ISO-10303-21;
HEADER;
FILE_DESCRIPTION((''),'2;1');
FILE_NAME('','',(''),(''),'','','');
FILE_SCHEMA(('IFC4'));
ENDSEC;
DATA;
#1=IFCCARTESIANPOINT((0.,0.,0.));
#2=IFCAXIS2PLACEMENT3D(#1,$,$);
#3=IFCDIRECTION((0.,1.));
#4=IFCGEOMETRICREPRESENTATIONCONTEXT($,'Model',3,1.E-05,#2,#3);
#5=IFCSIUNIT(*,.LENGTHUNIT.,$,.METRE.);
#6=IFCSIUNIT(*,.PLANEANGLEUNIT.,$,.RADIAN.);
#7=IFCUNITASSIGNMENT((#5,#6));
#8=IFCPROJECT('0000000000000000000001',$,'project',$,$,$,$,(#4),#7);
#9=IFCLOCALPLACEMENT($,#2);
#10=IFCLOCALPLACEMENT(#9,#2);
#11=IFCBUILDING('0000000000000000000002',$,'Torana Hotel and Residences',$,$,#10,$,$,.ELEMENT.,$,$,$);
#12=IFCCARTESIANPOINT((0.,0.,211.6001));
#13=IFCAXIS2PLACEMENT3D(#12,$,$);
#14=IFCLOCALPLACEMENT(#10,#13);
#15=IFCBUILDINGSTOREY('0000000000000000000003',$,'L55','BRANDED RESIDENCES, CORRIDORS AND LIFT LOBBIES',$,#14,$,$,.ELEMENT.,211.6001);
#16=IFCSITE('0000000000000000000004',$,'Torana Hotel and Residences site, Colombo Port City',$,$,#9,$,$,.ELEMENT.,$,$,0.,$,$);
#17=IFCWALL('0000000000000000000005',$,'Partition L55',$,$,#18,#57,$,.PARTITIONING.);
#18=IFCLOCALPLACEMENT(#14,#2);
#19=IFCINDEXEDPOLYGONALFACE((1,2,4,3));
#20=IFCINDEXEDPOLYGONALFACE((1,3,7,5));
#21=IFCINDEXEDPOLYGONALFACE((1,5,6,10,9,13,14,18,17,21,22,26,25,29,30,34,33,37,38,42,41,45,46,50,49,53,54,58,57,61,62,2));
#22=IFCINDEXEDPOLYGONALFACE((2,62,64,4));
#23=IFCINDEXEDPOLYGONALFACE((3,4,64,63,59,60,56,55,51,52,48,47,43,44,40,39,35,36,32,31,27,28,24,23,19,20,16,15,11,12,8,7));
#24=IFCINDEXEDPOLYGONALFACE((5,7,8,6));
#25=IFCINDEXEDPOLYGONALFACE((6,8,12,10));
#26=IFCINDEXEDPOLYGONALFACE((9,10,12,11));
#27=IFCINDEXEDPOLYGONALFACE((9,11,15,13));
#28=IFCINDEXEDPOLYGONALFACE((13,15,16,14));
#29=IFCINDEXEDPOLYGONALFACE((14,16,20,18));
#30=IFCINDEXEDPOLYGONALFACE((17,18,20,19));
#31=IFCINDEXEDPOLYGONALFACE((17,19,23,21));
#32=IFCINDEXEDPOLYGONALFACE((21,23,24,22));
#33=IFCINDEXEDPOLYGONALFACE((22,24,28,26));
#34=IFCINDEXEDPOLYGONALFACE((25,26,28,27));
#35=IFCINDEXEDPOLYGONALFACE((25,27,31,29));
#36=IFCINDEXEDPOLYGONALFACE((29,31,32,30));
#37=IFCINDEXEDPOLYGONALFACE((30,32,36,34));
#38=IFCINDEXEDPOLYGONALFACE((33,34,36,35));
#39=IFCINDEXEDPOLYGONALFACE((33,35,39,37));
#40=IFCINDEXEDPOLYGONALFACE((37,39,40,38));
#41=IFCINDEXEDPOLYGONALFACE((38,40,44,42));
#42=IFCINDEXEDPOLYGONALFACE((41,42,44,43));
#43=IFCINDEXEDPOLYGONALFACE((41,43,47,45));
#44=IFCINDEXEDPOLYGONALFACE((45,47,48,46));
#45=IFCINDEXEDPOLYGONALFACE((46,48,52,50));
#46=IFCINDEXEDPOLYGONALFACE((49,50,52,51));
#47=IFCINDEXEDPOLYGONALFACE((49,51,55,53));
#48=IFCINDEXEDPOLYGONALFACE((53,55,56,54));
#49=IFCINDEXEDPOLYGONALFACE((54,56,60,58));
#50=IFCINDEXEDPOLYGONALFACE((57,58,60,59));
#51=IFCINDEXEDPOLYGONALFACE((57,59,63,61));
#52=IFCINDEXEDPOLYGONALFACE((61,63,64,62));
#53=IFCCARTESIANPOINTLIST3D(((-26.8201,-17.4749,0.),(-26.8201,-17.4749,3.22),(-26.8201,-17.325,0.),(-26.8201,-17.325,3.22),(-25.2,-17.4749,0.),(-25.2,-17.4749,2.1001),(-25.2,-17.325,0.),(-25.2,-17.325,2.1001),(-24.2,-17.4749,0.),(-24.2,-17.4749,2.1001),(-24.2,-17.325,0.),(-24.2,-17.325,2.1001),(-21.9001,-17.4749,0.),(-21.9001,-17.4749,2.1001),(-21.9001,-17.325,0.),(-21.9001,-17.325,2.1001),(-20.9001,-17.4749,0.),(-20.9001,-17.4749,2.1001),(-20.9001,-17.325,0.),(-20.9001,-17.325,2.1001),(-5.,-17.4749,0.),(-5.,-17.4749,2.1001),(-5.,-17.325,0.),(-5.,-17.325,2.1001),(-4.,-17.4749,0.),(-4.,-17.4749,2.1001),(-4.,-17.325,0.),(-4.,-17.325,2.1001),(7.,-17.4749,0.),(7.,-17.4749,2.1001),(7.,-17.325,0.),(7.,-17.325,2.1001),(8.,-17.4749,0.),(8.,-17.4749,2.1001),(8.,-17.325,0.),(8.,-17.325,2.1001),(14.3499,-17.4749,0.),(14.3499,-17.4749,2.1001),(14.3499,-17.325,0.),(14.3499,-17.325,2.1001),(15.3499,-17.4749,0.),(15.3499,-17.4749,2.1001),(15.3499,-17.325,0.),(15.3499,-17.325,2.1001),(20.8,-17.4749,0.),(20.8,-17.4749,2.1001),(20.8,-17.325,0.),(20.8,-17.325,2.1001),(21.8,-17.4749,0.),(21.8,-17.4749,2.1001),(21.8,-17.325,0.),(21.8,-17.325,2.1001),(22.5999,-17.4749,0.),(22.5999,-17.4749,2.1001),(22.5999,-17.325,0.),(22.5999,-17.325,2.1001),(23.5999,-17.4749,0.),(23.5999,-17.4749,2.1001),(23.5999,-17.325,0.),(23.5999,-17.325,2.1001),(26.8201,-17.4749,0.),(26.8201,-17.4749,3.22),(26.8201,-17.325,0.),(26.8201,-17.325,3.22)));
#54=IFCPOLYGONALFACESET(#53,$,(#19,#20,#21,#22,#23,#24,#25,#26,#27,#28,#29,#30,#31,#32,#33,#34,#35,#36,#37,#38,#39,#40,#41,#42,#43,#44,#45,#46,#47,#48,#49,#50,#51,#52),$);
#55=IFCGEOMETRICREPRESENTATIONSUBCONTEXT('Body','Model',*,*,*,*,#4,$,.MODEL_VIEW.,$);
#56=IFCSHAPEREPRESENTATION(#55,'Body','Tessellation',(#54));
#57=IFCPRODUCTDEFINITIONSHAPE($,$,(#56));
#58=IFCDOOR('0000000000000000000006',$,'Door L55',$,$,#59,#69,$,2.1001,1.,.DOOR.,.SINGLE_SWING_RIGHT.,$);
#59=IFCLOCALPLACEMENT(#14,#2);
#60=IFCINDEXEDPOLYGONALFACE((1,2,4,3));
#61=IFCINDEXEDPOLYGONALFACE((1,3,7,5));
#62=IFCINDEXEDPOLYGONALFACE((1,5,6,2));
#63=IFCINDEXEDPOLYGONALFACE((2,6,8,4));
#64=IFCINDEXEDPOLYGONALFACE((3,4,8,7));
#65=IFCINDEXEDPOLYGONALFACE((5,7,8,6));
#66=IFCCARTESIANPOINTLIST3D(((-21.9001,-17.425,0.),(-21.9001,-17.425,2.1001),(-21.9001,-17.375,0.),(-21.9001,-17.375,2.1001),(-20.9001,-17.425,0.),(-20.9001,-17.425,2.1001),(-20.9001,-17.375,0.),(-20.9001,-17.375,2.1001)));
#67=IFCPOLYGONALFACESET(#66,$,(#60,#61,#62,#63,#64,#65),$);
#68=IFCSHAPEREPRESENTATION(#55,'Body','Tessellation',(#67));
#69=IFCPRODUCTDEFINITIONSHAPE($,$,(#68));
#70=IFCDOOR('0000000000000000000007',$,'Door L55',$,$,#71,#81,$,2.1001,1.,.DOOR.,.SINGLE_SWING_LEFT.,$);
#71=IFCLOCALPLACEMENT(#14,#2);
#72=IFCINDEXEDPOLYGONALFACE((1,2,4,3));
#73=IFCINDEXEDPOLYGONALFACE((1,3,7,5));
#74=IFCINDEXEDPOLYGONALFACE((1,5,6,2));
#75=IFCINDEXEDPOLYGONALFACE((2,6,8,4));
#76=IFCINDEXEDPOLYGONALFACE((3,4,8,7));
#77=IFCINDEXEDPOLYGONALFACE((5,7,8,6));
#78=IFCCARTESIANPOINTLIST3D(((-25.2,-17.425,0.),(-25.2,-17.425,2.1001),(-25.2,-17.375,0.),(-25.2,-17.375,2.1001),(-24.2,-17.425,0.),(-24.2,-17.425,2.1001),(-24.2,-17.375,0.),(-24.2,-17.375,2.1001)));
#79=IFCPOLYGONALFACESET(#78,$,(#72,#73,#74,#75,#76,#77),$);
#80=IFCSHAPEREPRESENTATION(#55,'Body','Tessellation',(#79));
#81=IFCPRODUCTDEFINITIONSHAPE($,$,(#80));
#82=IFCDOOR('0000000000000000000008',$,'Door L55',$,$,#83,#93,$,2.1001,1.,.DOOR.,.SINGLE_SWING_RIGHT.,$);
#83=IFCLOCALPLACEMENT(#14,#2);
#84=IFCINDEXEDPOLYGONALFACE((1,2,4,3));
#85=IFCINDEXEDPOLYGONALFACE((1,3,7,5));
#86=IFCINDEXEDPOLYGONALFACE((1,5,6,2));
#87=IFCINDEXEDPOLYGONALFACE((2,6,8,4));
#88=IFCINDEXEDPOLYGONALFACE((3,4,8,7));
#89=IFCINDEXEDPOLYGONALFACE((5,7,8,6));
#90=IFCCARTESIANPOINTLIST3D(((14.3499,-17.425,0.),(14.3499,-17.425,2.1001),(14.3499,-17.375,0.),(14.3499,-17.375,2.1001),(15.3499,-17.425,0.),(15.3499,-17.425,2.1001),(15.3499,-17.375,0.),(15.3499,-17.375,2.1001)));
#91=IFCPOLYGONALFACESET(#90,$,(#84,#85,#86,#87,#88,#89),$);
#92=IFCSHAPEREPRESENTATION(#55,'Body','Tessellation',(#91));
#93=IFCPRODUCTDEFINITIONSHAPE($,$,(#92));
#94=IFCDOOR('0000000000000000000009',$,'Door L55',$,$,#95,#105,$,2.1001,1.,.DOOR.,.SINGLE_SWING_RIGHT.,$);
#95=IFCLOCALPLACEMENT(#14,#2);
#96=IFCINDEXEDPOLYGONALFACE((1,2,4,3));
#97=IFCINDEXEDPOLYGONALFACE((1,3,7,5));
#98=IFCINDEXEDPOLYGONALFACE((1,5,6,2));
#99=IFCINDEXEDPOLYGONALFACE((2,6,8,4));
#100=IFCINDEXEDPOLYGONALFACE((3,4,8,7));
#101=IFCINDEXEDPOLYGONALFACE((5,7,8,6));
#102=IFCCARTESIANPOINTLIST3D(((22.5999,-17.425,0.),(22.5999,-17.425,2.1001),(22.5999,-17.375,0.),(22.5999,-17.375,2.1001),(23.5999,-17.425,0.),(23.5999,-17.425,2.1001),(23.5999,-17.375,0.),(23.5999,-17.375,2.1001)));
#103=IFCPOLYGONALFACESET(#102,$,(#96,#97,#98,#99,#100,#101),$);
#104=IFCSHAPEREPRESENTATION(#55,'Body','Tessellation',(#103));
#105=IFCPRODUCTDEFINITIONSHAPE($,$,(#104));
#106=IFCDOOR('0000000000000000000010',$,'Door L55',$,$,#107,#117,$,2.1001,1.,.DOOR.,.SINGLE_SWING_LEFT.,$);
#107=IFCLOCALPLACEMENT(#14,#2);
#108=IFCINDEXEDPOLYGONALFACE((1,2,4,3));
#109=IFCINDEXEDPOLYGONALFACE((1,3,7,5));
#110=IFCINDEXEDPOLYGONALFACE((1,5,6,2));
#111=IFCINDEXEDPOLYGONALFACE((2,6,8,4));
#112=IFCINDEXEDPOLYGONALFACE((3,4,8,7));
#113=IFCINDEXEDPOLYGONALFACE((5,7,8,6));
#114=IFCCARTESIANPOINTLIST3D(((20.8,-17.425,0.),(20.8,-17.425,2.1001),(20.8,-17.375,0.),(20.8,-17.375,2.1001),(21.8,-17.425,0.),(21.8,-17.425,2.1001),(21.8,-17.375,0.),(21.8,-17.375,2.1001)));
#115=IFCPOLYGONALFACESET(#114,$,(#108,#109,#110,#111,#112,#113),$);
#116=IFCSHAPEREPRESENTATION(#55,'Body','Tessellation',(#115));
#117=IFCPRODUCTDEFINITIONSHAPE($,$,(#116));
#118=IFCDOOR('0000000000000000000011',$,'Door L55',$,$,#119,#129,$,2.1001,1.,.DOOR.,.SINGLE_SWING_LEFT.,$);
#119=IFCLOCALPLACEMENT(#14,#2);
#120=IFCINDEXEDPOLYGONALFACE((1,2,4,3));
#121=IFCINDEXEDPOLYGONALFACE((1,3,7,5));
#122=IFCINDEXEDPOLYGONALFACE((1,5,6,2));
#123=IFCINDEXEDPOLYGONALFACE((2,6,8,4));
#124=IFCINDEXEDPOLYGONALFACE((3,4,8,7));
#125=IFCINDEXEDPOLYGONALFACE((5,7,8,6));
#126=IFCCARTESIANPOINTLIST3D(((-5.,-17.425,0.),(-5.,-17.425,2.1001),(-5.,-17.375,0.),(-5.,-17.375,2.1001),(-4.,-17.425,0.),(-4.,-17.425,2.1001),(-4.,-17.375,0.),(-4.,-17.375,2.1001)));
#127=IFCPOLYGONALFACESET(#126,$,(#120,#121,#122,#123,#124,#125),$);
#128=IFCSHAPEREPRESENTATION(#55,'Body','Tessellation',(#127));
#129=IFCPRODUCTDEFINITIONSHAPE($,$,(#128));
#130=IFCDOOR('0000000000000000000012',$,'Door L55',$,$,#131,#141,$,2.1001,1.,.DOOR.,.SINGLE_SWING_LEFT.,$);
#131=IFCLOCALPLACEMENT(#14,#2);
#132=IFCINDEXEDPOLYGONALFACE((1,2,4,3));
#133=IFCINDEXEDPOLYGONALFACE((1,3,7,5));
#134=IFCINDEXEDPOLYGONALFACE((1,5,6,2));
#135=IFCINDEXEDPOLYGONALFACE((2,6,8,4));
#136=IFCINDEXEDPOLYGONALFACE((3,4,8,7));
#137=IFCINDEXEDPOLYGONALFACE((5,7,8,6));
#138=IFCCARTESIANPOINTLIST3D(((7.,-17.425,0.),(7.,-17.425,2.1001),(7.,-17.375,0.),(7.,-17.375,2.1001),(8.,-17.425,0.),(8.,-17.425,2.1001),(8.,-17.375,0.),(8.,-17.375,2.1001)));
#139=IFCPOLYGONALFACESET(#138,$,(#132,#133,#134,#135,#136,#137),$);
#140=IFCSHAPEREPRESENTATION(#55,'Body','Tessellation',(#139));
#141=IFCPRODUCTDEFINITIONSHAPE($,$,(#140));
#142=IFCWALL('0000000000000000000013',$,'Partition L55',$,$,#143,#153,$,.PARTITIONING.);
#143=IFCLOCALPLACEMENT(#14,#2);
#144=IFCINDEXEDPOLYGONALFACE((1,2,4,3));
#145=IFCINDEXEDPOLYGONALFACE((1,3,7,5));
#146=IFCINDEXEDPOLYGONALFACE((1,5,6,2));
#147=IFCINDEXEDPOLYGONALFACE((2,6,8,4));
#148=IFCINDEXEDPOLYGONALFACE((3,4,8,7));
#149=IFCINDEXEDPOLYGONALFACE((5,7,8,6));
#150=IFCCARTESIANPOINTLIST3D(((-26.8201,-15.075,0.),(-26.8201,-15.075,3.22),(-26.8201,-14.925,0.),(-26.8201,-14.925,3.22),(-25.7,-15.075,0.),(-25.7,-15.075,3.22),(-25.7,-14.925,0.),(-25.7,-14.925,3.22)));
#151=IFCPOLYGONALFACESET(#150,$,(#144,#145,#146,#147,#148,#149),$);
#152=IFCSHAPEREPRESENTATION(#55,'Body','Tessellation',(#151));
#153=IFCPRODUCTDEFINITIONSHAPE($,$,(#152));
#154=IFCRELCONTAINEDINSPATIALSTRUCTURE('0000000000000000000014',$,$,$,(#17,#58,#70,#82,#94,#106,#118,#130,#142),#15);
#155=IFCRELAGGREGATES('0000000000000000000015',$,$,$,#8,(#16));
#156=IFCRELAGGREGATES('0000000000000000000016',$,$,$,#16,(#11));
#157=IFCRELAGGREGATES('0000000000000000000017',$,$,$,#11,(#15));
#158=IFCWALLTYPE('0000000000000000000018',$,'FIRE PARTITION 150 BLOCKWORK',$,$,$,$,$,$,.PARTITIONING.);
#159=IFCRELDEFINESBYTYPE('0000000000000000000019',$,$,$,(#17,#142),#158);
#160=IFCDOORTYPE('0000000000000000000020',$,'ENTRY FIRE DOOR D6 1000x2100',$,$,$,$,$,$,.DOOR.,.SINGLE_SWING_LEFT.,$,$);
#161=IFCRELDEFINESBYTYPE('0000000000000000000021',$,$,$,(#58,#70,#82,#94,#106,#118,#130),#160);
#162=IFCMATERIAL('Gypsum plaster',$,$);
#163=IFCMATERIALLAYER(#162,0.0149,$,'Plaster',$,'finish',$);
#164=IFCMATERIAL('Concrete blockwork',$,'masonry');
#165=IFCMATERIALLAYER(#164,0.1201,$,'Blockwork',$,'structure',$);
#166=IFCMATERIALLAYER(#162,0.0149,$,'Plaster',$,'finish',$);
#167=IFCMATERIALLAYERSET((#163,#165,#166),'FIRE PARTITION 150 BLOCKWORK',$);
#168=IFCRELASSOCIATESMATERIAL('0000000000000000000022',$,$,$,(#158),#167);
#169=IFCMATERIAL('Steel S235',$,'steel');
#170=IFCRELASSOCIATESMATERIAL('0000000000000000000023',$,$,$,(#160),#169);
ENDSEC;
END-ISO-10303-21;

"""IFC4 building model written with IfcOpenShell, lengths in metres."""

from ifc_helpers import new_model, si_unit, direction, frame, frame_2d, origin, place, context, subcontext, project, spatial, rectangle, extrude, material, layer, layer_set, type_object, element, fill, save


model = new_model("IFC4")

# Units and contexts
model_context = context("Model", 3, precision=1e-05, world=origin(), true_north=direction((0.0, 1.0)))
body_context = subcontext(model_context, "Body", "Model", "MODEL_VIEW")
ifc_project = project(units=[si_unit("LENGTHUNIT", "METRE"), si_unit("PLANEANGLEUNIT", "RADIAN")], contexts=[model_context])

# Site, building, storey
site_placement = place(None, origin())
site = spatial("IfcSite", under=ifc_project, at=site_placement, Name="Torana Hotel and Residences site, Colombo Port City", CompositionType="ELEMENT", RefElevation=0.0)
building_placement = place(site_placement, origin())
building = spatial("IfcBuilding", under=site, at=building_placement, Name="Torana Hotel and Residences", CompositionType="ELEMENT")
storey_placement = place(building_placement, frame((0.0, 0.0, 211.6001)))
storey = spatial("IfcBuildingStorey", under=building, at=storey_placement, Name="L55", Description="BRANDED RESIDENCES, CORRIDORS AND LIFT LOBBIES", CompositionType="ELEMENT", Elevation=211.6001)

# Wall, openings, doors
ifc_material_1 = material(Name="Gypsum plaster")
ifc_layer_1 = layer(ifc_material_1, 0.0149, Name="Plaster", Category="finish")
ifc_material_2 = material(Name="Concrete blockwork", Category="masonry")
ifc_layer_2 = layer(ifc_material_2, 0.1201, Name="Blockwork", Category="structure")
ifc_layer_3 = layer(ifc_material_1, 0.0149, Name="Plaster", Category="finish")
ifc_layer_set_1 = layer_set([ifc_layer_1, ifc_layer_2, ifc_layer_3], Name="FIRE PARTITION 150 BLOCKWORK")
wall_type_1 = type_object("IfcWallType", Name="FIRE PARTITION 150 BLOCKWORK", PredefinedType="PARTITIONING", material=ifc_layer_set_1)
wall_1_placement = place(storey_placement, frame((-26.8201, -17.3999, 0.0), z_axis=(0.0, 0.0, 1.0), x_axis=(1.0, 0.0, 0.0)))
wall_1 = element("IfcWall", 1, at=wall_1_placement, inside=storey, type_object=wall_type_1, Name="Partition L55", PredefinedType="PARTITIONING", context=body_context, shape_type="SweptSolid", body=[
    extrude(rectangle(XDim=53.6401, YDim=0.1499, at=frame_2d((26.8201, 0.0))), origin(), (0.0, 0.0, 1.0), 3.22),
])
opening_1_placement = place(wall_1_placement, frame((4.9199, 0.0, 0.0)))
opening_1 = element("IfcOpeningElement", 2, at=opening_1_placement, cuts=wall_1, PredefinedType="OPENING", context=body_context, shape_type="SweptSolid", body=[
    extrude(rectangle(XDim=1.0, YDim=2.1001, at=frame_2d((0.5, 1.05))), frame((0.0, 0.085, 0.0), z_axis=(0.0, -1.0, 0.0), x_axis=(1.0, 0.0, 0.0)), (0.0, 0.0, 1.0), 0.1699),
])
opening_2_placement = place(wall_1_placement, frame((1.6201, 0.0, 0.0)))
opening_2 = element("IfcOpeningElement", 3, at=opening_2_placement, cuts=wall_1, PredefinedType="OPENING", context=body_context, shape_type="SweptSolid", body=[
    extrude(rectangle(XDim=1.0, YDim=2.1001, at=frame_2d((0.5, 1.05))), frame((0.0, 0.085, 0.0), z_axis=(0.0, -1.0, 0.0), x_axis=(1.0, 0.0, 0.0)), (0.0, 0.0, 1.0), 0.1699),
])
opening_3_placement = place(wall_1_placement, frame((41.1699, 0.0, 0.0)))
opening_3 = element("IfcOpeningElement", 4, at=opening_3_placement, cuts=wall_1, PredefinedType="OPENING", context=body_context, shape_type="SweptSolid", body=[
    extrude(rectangle(XDim=1.0, YDim=2.1001, at=frame_2d((0.5, 1.05))), frame((0.0, 0.085, 0.0), z_axis=(0.0, -1.0, 0.0), x_axis=(1.0, 0.0, 0.0)), (0.0, 0.0, 1.0), 0.1699),
])
opening_4_placement = place(wall_1_placement, frame((49.4199, 0.0, 0.0)))
opening_4 = element("IfcOpeningElement", 5, at=opening_4_placement, cuts=wall_1, PredefinedType="OPENING", context=body_context, shape_type="SweptSolid", body=[
    extrude(rectangle(XDim=1.0, YDim=2.1001, at=frame_2d((0.5, 1.05))), frame((0.0, 0.085, 0.0), z_axis=(0.0, -1.0, 0.0), x_axis=(1.0, 0.0, 0.0)), (0.0, 0.0, 1.0), 0.1699),
])
opening_5_placement = place(wall_1_placement, frame((47.6201, 0.0, 0.0)))
opening_5 = element("IfcOpeningElement", 6, at=opening_5_placement, cuts=wall_1, PredefinedType="OPENING", context=body_context, shape_type="SweptSolid", body=[
    extrude(rectangle(XDim=1.0, YDim=2.1001, at=frame_2d((0.5, 1.05))), frame((0.0, 0.085, 0.0), z_axis=(0.0, -1.0, 0.0), x_axis=(1.0, 0.0, 0.0)), (0.0, 0.0, 1.0), 0.1699),
])
opening_6_placement = place(wall_1_placement, frame((21.8201, 0.0, 0.0)))
opening_6 = element("IfcOpeningElement", 7, at=opening_6_placement, cuts=wall_1, PredefinedType="OPENING", context=body_context, shape_type="SweptSolid", body=[
    extrude(rectangle(XDim=1.0, YDim=2.1001, at=frame_2d((0.5, 1.05))), frame((0.0, 0.085, 0.0), z_axis=(0.0, -1.0, 0.0), x_axis=(1.0, 0.0, 0.0)), (0.0, 0.0, 1.0), 0.1699),
])
opening_7_placement = place(wall_1_placement, frame((33.8201, 0.0, 0.0)))
opening_7 = element("IfcOpeningElement", 8, at=opening_7_placement, cuts=wall_1, PredefinedType="OPENING", context=body_context, shape_type="SweptSolid", body=[
    extrude(rectangle(XDim=1.0, YDim=2.1001, at=frame_2d((0.5, 1.05))), frame((0.0, 0.085, 0.0), z_axis=(0.0, -1.0, 0.0), x_axis=(1.0, 0.0, 0.0)), (0.0, 0.0, 1.0), 0.1699),
])
ifc_material_3 = material(Name="Steel S235", Category="steel")
door_type = type_object("IfcDoorType", Name="ENTRY FIRE DOOR D6 1000x2100", OperationType="SINGLE_SWING_LEFT", PredefinedType="DOOR", material=ifc_material_3)
door_1_placement = place(opening_1_placement, origin())
door_1 = element("IfcDoor", 9, at=door_1_placement, inside=storey, type_object=door_type, Name="Door L55", OperationType="SINGLE_SWING_RIGHT", OverallHeight=2.1001, OverallWidth=1.0, PredefinedType="DOOR", context=body_context, shape_type="SweptSolid", body=[
    extrude(rectangle(XDim=1.0, YDim=2.1001, at=frame_2d((0.5, 1.05))), frame((0.0, 0.0249, 0.0), z_axis=(0.0, -1.0, 0.0), x_axis=(1.0, 0.0, 0.0)), (0.0, 0.0, 1.0), 0.05),
])
fill(opening_1, door_1)
door_2_placement = place(opening_2_placement, frame((0.5, 0.0, 0.0), z_axis=(0.0, 0.0, 1.0), x_axis=(-1.0, 0.0, 0.0)))
door_2 = element("IfcDoor", 10, at=door_2_placement, inside=storey, type_object=door_type, Name="Door L55", OperationType="SINGLE_SWING_LEFT", OverallHeight=2.1001, OverallWidth=1.0, PredefinedType="DOOR", context=body_context, shape_type="SweptSolid", body=[
    extrude(rectangle(XDim=1.0, YDim=2.1001, at=frame_2d((0.0, 1.05))), frame((0.0, -0.0249, 0.0), z_axis=(0.0, 1.0, 0.0), x_axis=(-1.0, 0.0, 0.0)), (0.0, 0.0, 1.0), 0.05),
])
fill(opening_2, door_2)
door_3_placement = place(opening_3_placement, origin())
door_3 = element("IfcDoor", 11, at=door_3_placement, inside=storey, type_object=door_type, Name="Door L55", OperationType="SINGLE_SWING_RIGHT", OverallHeight=2.1001, OverallWidth=1.0, PredefinedType="DOOR", context=body_context, shape_type="SweptSolid", body=[
    extrude(rectangle(XDim=1.0, YDim=2.1001, at=frame_2d((0.5, 1.05))), frame((0.0, 0.0249, 0.0), z_axis=(0.0, -1.0, 0.0), x_axis=(1.0, 0.0, 0.0)), (0.0, 0.0, 1.0), 0.05),
])
fill(opening_3, door_3)
door_4_placement = place(opening_4_placement, origin())
door_4 = element("IfcDoor", 12, at=door_4_placement, inside=storey, type_object=door_type, Name="Door L55", OperationType="SINGLE_SWING_RIGHT", OverallHeight=2.1001, OverallWidth=1.0, PredefinedType="DOOR", context=body_context, shape_type="SweptSolid", body=[
    extrude(rectangle(XDim=1.0, YDim=2.1001, at=frame_2d((0.5, 1.05))), frame((0.0, 0.0249, 0.0), z_axis=(0.0, -1.0, 0.0), x_axis=(1.0, 0.0, 0.0)), (0.0, 0.0, 1.0), 0.05),
])
fill(opening_4, door_4)
door_5_placement = place(opening_5_placement, frame((0.5, 0.0, 0.0), z_axis=(0.0, 0.0, 1.0), x_axis=(-1.0, 0.0, 0.0)))
door_5 = element("IfcDoor", 13, at=door_5_placement, inside=storey, type_object=door_type, Name="Door L55", OperationType="SINGLE_SWING_LEFT", OverallHeight=2.1001, OverallWidth=1.0, PredefinedType="DOOR", context=body_context, shape_type="SweptSolid", body=[
    extrude(rectangle(XDim=1.0, YDim=2.1001, at=frame_2d((0.0, 1.05))), frame((0.0, -0.0249, 0.0), z_axis=(0.0, 1.0, 0.0), x_axis=(-1.0, 0.0, 0.0)), (0.0, 0.0, 1.0), 0.05),
])
fill(opening_5, door_5)
door_6_placement = place(opening_6_placement, frame((0.5, 0.0, 0.0), z_axis=(0.0, 0.0, 1.0), x_axis=(-1.0, 0.0, 0.0)))
door_6 = element("IfcDoor", 14, at=door_6_placement, inside=storey, type_object=door_type, Name="Door L55", OperationType="SINGLE_SWING_LEFT", OverallHeight=2.1001, OverallWidth=1.0, PredefinedType="DOOR", context=body_context, shape_type="SweptSolid", body=[
    extrude(rectangle(XDim=1.0, YDim=2.1001, at=frame_2d((0.0, 1.05))), frame((0.0, -0.0249, 0.0), z_axis=(0.0, 1.0, 0.0), x_axis=(-1.0, 0.0, 0.0)), (0.0, 0.0, 1.0), 0.05),
])
fill(opening_6, door_6)
door_7_placement = place(opening_7_placement, frame((0.5, 0.0, 0.0), z_axis=(0.0, 0.0, 1.0), x_axis=(-1.0, 0.0, 0.0)))
door_7 = element("IfcDoor", 15, at=door_7_placement, inside=storey, type_object=door_type, Name="Door L55", OperationType="SINGLE_SWING_LEFT", OverallHeight=2.1001, OverallWidth=1.0, PredefinedType="DOOR", context=body_context, shape_type="SweptSolid", body=[
    extrude(rectangle(XDim=1.0, YDim=2.1001, at=frame_2d((0.0, 1.05))), frame((0.0, -0.0249, 0.0), z_axis=(0.0, 1.0, 0.0), x_axis=(-1.0, 0.0, 0.0)), (0.0, 0.0, 1.0), 0.05),
])
fill(opening_7, door_7)

# Wall
wall_2_placement = place(storey_placement, frame((-26.8201, -15.0, 0.0), z_axis=(0.0, 0.0, 1.0), x_axis=(1.0, 0.0, 0.0)))
element("IfcWall", 16, at=wall_2_placement, inside=storey, type_object=wall_type_1, Name="Partition L55", PredefinedType="PARTITIONING", context=body_context, shape_type="SweptSolid", body=[
    extrude(rectangle(XDim=1.1201, YDim=0.1499, at=frame_2d((0.5601, 0.0))), origin(), (0.0, 0.0, 1.0), 3.22),
])

save(model, "model.ifc")
